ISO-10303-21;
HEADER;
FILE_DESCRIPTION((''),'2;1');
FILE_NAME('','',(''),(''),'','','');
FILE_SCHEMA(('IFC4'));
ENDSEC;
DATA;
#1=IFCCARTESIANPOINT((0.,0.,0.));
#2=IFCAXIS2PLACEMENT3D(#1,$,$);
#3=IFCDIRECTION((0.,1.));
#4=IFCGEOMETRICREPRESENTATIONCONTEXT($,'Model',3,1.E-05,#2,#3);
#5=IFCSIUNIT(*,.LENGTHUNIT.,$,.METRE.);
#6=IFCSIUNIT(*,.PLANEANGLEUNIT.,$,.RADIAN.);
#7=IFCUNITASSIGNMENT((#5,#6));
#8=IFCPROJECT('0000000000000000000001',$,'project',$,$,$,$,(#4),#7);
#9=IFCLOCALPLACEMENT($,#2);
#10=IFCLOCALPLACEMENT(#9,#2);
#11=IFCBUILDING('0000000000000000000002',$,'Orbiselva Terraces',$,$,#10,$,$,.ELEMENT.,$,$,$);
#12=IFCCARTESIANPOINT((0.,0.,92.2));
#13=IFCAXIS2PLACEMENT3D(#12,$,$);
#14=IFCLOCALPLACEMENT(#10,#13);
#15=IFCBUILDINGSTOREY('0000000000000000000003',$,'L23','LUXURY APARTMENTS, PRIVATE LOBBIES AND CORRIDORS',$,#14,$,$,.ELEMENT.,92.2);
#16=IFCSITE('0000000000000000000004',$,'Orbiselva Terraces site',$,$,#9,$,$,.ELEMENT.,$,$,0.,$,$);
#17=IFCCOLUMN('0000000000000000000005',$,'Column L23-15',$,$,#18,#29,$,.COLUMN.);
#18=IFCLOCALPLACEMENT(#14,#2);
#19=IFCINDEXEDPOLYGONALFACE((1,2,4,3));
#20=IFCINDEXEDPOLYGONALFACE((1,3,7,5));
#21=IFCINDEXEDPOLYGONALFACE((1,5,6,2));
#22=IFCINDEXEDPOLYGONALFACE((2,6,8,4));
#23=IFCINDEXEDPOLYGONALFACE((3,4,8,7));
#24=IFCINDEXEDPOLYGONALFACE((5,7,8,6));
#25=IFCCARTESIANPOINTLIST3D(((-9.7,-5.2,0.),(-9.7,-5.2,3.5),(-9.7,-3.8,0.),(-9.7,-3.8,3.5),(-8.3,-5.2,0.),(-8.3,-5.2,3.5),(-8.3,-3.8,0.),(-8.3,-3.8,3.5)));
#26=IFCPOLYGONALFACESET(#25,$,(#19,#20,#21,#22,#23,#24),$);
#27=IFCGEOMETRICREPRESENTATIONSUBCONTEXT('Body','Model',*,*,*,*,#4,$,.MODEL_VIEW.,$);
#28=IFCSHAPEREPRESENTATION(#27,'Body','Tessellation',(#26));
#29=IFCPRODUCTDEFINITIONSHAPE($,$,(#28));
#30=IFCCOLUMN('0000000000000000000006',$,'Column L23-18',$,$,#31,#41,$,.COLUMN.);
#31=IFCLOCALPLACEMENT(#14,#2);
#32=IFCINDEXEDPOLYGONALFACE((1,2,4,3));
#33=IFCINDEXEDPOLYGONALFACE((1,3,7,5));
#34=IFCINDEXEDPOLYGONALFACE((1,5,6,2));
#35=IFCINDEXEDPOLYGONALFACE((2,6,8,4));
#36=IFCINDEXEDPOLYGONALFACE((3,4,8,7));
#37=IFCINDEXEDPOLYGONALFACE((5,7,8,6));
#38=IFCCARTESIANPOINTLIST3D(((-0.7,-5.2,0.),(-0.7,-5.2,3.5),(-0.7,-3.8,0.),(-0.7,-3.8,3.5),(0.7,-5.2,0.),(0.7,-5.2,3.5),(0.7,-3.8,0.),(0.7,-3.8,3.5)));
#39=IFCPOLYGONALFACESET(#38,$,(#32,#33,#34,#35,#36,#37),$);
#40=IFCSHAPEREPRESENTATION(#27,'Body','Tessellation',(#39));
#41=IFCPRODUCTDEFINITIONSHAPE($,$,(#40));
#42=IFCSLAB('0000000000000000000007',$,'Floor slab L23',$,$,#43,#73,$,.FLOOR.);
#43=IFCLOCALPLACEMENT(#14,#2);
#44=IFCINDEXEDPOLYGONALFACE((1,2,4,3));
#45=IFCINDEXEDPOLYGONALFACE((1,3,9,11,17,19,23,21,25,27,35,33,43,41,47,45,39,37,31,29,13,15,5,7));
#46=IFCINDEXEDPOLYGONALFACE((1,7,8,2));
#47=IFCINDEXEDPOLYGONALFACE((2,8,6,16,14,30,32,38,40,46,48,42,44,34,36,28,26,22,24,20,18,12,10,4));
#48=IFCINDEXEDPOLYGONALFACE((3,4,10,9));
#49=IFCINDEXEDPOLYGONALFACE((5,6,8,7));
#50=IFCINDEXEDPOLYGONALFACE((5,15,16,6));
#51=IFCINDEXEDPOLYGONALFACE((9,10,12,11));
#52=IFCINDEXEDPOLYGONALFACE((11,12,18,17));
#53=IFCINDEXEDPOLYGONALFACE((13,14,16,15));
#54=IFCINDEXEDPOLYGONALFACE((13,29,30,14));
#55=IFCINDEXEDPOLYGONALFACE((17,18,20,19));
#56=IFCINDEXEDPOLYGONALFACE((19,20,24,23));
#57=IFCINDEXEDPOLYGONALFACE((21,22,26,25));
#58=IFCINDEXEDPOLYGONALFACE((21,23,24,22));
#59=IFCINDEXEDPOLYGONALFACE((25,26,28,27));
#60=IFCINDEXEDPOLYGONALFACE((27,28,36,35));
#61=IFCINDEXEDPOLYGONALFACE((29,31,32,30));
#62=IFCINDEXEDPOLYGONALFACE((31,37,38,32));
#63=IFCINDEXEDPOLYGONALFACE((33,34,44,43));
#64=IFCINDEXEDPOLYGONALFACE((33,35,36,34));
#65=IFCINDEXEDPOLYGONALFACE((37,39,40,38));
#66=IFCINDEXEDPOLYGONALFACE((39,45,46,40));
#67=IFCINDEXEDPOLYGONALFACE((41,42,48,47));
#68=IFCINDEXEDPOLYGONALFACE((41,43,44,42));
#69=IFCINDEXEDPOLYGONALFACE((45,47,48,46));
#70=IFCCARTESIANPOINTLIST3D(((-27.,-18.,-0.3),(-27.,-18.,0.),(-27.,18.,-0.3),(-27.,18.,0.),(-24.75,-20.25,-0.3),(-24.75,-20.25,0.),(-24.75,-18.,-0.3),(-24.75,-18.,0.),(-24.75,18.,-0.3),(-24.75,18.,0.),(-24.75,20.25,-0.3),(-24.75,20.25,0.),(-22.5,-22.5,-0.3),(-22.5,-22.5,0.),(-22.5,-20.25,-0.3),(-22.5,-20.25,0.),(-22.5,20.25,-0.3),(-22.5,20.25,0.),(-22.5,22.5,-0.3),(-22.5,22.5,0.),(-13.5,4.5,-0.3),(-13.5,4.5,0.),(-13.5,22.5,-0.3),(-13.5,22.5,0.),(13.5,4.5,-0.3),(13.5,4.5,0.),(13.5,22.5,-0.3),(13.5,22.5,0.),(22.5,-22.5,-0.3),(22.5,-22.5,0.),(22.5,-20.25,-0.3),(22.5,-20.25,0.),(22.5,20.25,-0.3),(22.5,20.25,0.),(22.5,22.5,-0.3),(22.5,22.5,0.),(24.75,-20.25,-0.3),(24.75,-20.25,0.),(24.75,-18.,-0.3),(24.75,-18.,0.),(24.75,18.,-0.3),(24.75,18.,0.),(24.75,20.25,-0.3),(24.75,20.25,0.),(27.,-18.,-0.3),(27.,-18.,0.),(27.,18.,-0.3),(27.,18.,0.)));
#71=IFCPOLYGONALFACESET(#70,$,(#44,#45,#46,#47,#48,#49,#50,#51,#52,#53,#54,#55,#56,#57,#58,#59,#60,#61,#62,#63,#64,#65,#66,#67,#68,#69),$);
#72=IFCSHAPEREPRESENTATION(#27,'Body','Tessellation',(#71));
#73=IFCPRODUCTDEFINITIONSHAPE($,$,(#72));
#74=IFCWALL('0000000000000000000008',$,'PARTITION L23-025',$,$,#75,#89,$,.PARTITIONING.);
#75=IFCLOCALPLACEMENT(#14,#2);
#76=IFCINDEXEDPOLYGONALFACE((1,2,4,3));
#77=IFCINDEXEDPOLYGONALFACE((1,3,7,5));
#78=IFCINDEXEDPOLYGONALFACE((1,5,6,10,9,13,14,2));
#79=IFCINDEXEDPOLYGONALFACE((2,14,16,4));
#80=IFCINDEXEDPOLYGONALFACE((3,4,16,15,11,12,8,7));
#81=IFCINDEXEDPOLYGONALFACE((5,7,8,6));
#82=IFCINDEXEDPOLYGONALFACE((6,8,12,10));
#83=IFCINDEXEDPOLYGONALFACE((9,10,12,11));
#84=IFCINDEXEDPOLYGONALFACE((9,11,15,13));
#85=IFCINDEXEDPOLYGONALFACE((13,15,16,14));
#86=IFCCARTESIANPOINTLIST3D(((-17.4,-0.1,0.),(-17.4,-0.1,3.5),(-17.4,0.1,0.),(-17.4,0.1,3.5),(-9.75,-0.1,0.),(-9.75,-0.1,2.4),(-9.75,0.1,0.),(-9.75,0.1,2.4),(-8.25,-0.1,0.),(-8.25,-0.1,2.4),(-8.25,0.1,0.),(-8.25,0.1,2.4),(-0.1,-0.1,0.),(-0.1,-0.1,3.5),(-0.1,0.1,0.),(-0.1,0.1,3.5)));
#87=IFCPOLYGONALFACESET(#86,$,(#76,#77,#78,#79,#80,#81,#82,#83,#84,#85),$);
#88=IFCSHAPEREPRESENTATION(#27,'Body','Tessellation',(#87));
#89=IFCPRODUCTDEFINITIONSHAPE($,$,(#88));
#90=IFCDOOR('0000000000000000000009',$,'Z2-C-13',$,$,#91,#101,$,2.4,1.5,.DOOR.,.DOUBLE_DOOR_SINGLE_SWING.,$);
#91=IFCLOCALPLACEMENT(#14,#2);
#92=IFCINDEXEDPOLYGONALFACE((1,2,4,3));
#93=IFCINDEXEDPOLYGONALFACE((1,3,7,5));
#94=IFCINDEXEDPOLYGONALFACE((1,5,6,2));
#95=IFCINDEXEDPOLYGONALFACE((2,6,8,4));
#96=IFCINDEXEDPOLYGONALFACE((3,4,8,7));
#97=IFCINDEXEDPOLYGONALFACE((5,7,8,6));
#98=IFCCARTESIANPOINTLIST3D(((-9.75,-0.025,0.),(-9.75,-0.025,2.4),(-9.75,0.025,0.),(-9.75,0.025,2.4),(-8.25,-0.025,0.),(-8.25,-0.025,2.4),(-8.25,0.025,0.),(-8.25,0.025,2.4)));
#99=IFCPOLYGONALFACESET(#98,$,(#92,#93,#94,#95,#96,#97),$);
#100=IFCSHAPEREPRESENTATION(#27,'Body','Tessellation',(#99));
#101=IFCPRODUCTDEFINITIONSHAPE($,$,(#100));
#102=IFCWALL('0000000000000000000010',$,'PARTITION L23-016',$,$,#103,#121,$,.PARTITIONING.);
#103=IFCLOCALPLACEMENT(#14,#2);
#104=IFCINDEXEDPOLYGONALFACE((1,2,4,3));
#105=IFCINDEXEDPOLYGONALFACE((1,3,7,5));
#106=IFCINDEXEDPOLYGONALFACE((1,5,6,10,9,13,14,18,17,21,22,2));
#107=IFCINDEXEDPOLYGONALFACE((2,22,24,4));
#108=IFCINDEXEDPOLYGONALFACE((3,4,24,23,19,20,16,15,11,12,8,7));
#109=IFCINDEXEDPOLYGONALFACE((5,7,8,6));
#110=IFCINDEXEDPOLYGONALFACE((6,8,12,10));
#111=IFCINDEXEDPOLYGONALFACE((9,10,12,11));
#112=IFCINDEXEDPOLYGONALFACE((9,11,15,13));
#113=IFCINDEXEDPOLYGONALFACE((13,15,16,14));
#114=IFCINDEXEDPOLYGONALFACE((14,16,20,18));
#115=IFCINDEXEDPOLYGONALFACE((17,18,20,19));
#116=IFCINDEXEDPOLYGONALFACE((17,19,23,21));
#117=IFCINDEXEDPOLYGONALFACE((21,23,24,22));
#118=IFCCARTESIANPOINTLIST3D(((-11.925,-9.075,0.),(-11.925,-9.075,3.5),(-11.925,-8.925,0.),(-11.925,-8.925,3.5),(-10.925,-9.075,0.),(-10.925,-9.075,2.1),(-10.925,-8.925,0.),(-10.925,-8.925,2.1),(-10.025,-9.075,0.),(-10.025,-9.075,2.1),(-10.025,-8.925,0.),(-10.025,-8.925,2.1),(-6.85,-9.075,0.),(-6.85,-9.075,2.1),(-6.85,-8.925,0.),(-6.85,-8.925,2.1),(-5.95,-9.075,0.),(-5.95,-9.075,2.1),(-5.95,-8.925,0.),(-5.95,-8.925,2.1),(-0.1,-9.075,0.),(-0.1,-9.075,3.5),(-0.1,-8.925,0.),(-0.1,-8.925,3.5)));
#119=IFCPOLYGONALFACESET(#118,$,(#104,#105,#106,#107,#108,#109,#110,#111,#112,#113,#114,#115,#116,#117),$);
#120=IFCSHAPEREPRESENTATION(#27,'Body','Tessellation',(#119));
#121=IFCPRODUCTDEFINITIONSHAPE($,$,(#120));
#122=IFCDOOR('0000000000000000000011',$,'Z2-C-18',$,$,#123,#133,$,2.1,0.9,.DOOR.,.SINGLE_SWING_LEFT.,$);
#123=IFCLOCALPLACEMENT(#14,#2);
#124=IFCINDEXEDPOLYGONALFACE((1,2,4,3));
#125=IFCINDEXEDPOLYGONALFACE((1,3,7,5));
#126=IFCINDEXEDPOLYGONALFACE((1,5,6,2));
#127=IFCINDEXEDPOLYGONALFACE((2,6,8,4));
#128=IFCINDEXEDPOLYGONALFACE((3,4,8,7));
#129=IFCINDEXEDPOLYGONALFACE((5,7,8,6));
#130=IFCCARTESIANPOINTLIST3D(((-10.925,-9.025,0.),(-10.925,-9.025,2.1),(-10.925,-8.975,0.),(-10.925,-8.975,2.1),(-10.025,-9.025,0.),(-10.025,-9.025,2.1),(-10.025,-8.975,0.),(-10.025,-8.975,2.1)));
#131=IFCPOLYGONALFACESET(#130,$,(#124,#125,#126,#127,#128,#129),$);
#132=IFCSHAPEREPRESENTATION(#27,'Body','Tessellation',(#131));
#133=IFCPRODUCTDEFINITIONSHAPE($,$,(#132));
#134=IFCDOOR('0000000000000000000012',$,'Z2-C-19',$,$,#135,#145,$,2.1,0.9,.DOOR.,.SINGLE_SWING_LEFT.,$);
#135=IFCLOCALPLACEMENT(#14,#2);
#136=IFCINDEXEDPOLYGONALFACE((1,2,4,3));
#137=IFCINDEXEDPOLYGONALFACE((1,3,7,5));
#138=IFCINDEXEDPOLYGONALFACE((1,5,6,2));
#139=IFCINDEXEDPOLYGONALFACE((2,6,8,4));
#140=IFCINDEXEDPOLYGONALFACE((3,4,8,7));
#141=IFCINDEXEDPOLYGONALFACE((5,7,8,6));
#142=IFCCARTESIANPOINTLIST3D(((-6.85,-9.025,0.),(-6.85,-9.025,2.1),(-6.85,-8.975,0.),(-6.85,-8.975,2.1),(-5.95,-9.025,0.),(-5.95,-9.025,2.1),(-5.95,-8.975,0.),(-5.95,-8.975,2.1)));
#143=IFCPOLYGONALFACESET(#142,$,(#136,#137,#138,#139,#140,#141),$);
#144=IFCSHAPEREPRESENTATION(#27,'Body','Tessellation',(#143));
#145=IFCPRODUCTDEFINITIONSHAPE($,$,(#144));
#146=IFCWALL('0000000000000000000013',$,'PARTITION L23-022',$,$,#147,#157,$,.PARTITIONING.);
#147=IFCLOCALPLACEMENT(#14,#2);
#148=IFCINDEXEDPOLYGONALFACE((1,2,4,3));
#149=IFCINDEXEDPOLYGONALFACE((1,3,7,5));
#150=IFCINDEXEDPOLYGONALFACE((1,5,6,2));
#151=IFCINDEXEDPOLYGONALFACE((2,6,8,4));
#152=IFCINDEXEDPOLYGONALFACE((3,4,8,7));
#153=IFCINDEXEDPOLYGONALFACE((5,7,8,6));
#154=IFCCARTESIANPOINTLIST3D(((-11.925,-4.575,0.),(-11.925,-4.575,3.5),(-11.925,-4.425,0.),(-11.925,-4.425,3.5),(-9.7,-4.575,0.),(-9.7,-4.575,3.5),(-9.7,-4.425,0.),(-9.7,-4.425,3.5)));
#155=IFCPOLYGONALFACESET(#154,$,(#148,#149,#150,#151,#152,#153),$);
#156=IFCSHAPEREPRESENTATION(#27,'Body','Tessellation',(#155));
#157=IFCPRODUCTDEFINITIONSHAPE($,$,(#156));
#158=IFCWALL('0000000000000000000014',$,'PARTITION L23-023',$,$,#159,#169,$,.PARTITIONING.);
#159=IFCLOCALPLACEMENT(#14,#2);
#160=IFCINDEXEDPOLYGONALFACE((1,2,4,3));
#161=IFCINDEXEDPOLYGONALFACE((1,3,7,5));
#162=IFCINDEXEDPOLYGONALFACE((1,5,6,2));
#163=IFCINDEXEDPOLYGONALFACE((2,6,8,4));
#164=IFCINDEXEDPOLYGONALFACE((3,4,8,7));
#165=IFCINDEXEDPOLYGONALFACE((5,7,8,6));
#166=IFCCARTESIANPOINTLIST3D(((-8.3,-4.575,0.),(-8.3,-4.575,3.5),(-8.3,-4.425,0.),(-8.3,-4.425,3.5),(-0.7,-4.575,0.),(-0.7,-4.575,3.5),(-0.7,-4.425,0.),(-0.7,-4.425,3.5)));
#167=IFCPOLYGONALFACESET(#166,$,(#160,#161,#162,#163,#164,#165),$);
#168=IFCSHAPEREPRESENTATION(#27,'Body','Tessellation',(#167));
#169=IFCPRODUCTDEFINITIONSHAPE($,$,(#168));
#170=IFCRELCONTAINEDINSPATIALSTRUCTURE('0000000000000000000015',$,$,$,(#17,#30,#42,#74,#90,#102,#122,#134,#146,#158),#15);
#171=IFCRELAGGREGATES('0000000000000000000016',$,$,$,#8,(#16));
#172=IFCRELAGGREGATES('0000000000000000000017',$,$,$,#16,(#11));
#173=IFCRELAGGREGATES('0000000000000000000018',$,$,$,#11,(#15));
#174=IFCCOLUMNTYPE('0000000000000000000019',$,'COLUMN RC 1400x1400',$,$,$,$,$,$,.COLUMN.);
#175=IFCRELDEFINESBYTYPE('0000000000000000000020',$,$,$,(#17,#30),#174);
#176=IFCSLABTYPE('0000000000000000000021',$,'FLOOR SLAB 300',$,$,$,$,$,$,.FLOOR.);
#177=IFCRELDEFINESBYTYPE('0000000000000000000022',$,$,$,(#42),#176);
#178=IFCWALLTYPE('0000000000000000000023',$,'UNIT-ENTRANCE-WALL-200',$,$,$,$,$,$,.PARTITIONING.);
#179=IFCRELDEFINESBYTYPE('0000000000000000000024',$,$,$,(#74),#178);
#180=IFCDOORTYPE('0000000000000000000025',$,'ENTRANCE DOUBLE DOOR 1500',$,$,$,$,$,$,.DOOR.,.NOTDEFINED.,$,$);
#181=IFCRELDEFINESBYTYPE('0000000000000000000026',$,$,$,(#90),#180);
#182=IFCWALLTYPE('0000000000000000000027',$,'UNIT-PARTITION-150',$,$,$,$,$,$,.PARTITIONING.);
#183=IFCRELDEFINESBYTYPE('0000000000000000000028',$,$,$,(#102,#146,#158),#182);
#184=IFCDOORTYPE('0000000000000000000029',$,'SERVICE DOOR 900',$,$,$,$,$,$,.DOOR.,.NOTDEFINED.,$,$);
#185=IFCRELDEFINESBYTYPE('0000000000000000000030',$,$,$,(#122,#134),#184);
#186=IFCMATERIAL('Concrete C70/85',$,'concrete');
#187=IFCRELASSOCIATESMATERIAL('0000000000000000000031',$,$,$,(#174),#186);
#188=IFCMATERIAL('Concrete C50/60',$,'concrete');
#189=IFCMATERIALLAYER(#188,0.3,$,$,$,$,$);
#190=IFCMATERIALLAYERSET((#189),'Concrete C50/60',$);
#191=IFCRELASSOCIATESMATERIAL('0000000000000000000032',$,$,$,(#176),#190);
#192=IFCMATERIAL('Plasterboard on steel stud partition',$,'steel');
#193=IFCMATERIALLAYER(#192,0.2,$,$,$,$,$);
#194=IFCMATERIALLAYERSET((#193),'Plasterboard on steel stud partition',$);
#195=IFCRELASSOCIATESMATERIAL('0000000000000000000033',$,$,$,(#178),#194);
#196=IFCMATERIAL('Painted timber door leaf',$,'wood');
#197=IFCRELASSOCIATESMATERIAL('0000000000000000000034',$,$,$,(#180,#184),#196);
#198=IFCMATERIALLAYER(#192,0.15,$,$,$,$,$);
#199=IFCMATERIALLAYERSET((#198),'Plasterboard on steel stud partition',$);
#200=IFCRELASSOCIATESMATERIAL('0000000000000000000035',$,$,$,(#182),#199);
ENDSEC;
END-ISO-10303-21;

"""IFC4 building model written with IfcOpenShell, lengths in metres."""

from ifc_helpers import new_model, si_unit, direction, frame, frame_2d, origin, origin_2d, place, context, subcontext, project, spatial, polyline, rectangle, outline, extrude, material, layer, layer_set, material_profile, profile_set, type_object, element, fill, save


model = new_model("IFC4")

# Units and contexts
model_context = context("Model", 3, precision=1e-05, world=origin(), true_north=direction((0.0, 1.0)))
body_context = subcontext(model_context, "Body", "Model", "MODEL_VIEW")
ifc_project = project(units=[si_unit("LENGTHUNIT", "METRE"), si_unit("PLANEANGLEUNIT", "RADIAN")], contexts=[model_context])

# Site, building, storey
site_placement = place(None, origin())
site = spatial("IfcSite", under=ifc_project, at=site_placement, Name="Orbiselva Terraces site", CompositionType="ELEMENT", RefElevation=0.0)
building_placement = place(site_placement, origin())
building = spatial("IfcBuilding", under=site, at=building_placement, Name="Orbiselva Terraces", CompositionType="ELEMENT")
storey_placement = place(building_placement, frame((0.0, 0.0, 92.2)))
storey = spatial("IfcBuildingStorey", under=building, at=storey_placement, Name="L23", Description="LUXURY APARTMENTS, PRIVATE LOBBIES AND CORRIDORS", CompositionType="ELEMENT", Elevation=92.2)

# Columns
ifc_material_1 = material(Name="Concrete C70/85", Category="concrete")
ifc_material_profile = material_profile(ifc_material_1, rectangle(XDim=1.4, YDim=1.4, at=origin_2d()), Name="RC 1400x1400")
ifc_profile_set = profile_set([ifc_material_profile], Name="Concrete C70/85")
column_type = type_object("IfcColumnType", Name="COLUMN RC 1400x1400", PredefinedType="COLUMN", material=ifc_profile_set)
for number, where, z_axis, x_axis, name in (
    (1, (-9.0, -4.5, 0.0), (0.0, 0.0, 1.0), (1.0, 0.0, 0.0), "Column L23-15"),
    (2, (0.0, -4.5, 0.0), (0.0, 0.0, 1.0), (1.0, 0.0, 0.0), "Column L23-18"),
):
    element("IfcColumn", number, at=place(storey_placement, frame(where, z_axis=z_axis, x_axis=x_axis)), inside=storey, type_object=column_type, Name=name, PredefinedType="COLUMN", context=body_context, shape_type="SweptSolid", body=[
        extrude(rectangle(XDim=1.4, YDim=1.4, at=origin_2d()), origin(), (0.0, 0.0, 1.0), 3.5),
    ])

# Slab
ifc_material_2 = material(Name="Concrete C50/60", Category="concrete")
ifc_layer_1 = layer(ifc_material_2, 0.3)
ifc_layer_set_1 = layer_set([ifc_layer_1], Name="Concrete C50/60")
slab_type = type_object("IfcSlabType", Name="FLOOR SLAB 300", PredefinedType="FLOOR", material=ifc_layer_set_1)
slab_placement = place(storey_placement, frame((0.0, 0.0, -0.3)))
element("IfcSlab", 3, at=slab_placement, inside=storey, type_object=slab_type, Name="Floor slab L23", PredefinedType="FLOOR", context=body_context, shape_type="SweptSolid", body=[
    extrude(outline(polyline([(22.5, 22.5), (22.5, 20.25), (24.75, 20.25), (24.75, 18.0), (27.0, 18.0), (27.0, -18.0), (24.75, -18.0), (24.75, -20.25), (22.5, -20.25), (22.5, -22.5), (-22.5, -22.5), (-22.5, -20.25), (-24.75, -20.25), (-24.75, -18.0), (-27.0, -18.0), (-27.0, 18.0), (-24.75, 18.0), (-24.75, 20.25), (-22.5, 20.25), (-22.5, 22.5), (-13.5, 22.5), (-13.5, 4.5), (13.5, 4.5), (13.5, 22.5), (22.5, 22.5)])), origin(), (0.0, 0.0, 1.0), 0.3),
])

# Wall, opening, door
ifc_material_3 = material(Name="Plasterboard on steel stud partition", Category="steel")
ifc_layer_2 = layer(ifc_material_3, 0.2)
ifc_layer_set_2 = layer_set([ifc_layer_2], Name="Plasterboard on steel stud partition")
wall_type_1 = type_object("IfcWallType", Name="UNIT-ENTRANCE-WALL-200", PredefinedType="PARTITIONING", material=ifc_layer_set_2)
wall_1_placement = place(storey_placement, frame((-0.1, 0.0, 0.0), z_axis=(0.0, 0.0, 1.0), x_axis=(-1.0, 0.0, 0.0)))
wall_1 = element("IfcWall", 4, at=wall_1_placement, inside=storey, type_object=wall_type_1, Name="PARTITION L23-025", PredefinedType="PARTITIONING", context=body_context, shape_type="SweptSolid", body=[
    extrude(rectangle(XDim=17.3, YDim=0.2, at=frame_2d((8.65, 0.0))), origin(), (0.0, 0.0, 1.0), 3.5),
])
opening_1_placement = place(wall_1_placement, frame((8.15, 0.0, 0.0)))
opening_1 = element("IfcOpeningElement", 5, at=opening_1_placement, cuts=wall_1, PredefinedType="OPENING", context=body_context, shape_type="SweptSolid", body=[
    extrude(rectangle(XDim=1.5, YDim=2.4, at=frame_2d((0.75, 1.2))), frame((0.0, 0.11, 0.0), z_axis=(0.0, -1.0, 0.0), x_axis=(1.0, 0.0, 0.0)), (0.0, 0.0, 1.0), 0.22),
])
ifc_material_4 = material(Name="Painted timber door leaf", Category="wood")
door_type_1 = type_object("IfcDoorType", Name="ENTRANCE DOUBLE DOOR 1500", OperationType="NOTDEFINED", PredefinedType="DOOR", material=ifc_material_4)
door_1_placement = place(opening_1_placement, origin())
door_1 = element("IfcDoor", 6, at=door_1_placement, inside=storey, type_object=door_type_1, Name="Z2-C-13", OperationType="DOUBLE_DOOR_SINGLE_SWING", OverallHeight=2.4, OverallWidth=1.5, PredefinedType="DOOR", context=body_context, shape_type="SweptSolid", body=[
    extrude(rectangle(XDim=1.5, YDim=2.4, at=frame_2d((0.75, 1.2))), frame((0.0, 0.025, 0.0), z_axis=(0.0, -1.0, 0.0), x_axis=(1.0, 0.0, 0.0)), (0.0, 0.0, 1.0), 0.05),
])
fill(opening_1, door_1)

# Wall, openings, doors
ifc_layer_3 = layer(ifc_material_3, 0.15)
ifc_layer_set_3 = layer_set([ifc_layer_3], Name="Plasterboard on steel stud partition")
wall_type_2 = type_object("IfcWallType", Name="UNIT-PARTITION-150", PredefinedType="PARTITIONING", material=ifc_layer_set_3)
wall_2_placement = place(storey_placement, frame((-11.925, -9.0, 0.0), z_axis=(0.0, 0.0, 1.0), x_axis=(1.0, 0.0, 0.0)))
wall_2 = element("IfcWall", 7, at=wall_2_placement, inside=storey, type_object=wall_type_2, Name="PARTITION L23-016", PredefinedType="PARTITIONING", context=body_context, shape_type="SweptSolid", body=[
    extrude(rectangle(XDim=11.825, YDim=0.15, at=frame_2d((5.9125, 0.0))), origin(), (0.0, 0.0, 1.0), 3.5),
])
opening_2_placement = place(wall_2_placement, frame((1.0, 0.0, 0.0)))
opening_2 = element("IfcOpeningElement", 8, at=opening_2_placement, cuts=wall_2, PredefinedType="OPENING", context=body_context, shape_type="SweptSolid", body=[
    extrude(rectangle(XDim=0.9, YDim=2.1, at=frame_2d((0.45, 1.05))), frame((0.0, 0.085, 0.0), z_axis=(0.0, -1.0, 0.0), x_axis=(1.0, 0.0, 0.0)), (0.0, 0.0, 1.0), 0.17),
])
opening_3_placement = place(wall_2_placement, frame((5.075, 0.0, 0.0)))
opening_3 = element("IfcOpeningElement", 9, at=opening_3_placement, cuts=wall_2, PredefinedType="OPENING", context=body_context, shape_type="SweptSolid", body=[
    extrude(rectangle(XDim=0.9, YDim=2.1, at=frame_2d((0.45, 1.05))), frame((0.0, 0.085, 0.0), z_axis=(0.0, -1.0, 0.0), x_axis=(1.0, 0.0, 0.0)), (0.0, 0.0, 1.0), 0.17),
])
door_type_2 = type_object("IfcDoorType", Name="SERVICE DOOR 900", OperationType="NOTDEFINED", PredefinedType="DOOR", material=ifc_material_4)
door_2_placement = place(opening_2_placement, origin())
door_2 = element("IfcDoor", 10, at=door_2_placement, inside=storey, type_object=door_type_2, Name="Z2-C-18", OperationType="SINGLE_SWING_LEFT", OverallHeight=2.1, OverallWidth=0.9, PredefinedType="DOOR", context=body_context, shape_type="SweptSolid", body=[
    extrude(rectangle(XDim=0.9, YDim=2.1, at=frame_2d((0.45, 1.05))), frame((0.0, 0.025, 0.0), z_axis=(0.0, -1.0, 0.0), x_axis=(1.0, 0.0, 0.0)), (0.0, 0.0, 1.0), 0.05),
])
fill(opening_2, door_2)
door_3_placement = place(opening_3_placement, origin())
door_3 = element("IfcDoor", 11, at=door_3_placement, inside=storey, type_object=door_type_2, Name="Z2-C-19", OperationType="SINGLE_SWING_LEFT", OverallHeight=2.1, OverallWidth=0.9, PredefinedType="DOOR", context=body_context, shape_type="SweptSolid", body=[
    extrude(rectangle(XDim=0.9, YDim=2.1, at=frame_2d((0.45, 1.05))), frame((0.0, 0.025, 0.0), z_axis=(0.0, -1.0, 0.0), x_axis=(1.0, 0.0, 0.0)), (0.0, 0.0, 1.0), 0.05),
])
fill(opening_3, door_3)

# Walls
wall_3_placement = place(storey_placement, frame((-11.925, -4.5, 0.0), z_axis=(0.0, 0.0, 1.0), x_axis=(1.0, 0.0, 0.0)))
element("IfcWall", 12, at=wall_3_placement, inside=storey, type_object=wall_type_2, Name="PARTITION L23-022", PredefinedType="PARTITIONING", context=body_context, shape_type="SweptSolid", body=[
    extrude(rectangle(XDim=2.225, YDim=0.15, at=frame_2d((1.1125, 0.0))), origin(), (0.0, 0.0, 1.0), 3.5),
])
wall_4_placement = place(storey_placement, frame((-8.3, -4.5, 0.0), z_axis=(0.0, 0.0, 1.0), x_axis=(1.0, 0.0, 0.0)))
element("IfcWall", 13, at=wall_4_placement, inside=storey, type_object=wall_type_2, Name="PARTITION L23-023", PredefinedType="PARTITIONING", context=body_context, shape_type="SweptSolid", body=[
    extrude(rectangle(XDim=7.6, YDim=0.15, at=frame_2d((3.8, 0.0))), origin(), (0.0, 0.0, 1.0), 3.5),
])

save(model, "model.ifc")
